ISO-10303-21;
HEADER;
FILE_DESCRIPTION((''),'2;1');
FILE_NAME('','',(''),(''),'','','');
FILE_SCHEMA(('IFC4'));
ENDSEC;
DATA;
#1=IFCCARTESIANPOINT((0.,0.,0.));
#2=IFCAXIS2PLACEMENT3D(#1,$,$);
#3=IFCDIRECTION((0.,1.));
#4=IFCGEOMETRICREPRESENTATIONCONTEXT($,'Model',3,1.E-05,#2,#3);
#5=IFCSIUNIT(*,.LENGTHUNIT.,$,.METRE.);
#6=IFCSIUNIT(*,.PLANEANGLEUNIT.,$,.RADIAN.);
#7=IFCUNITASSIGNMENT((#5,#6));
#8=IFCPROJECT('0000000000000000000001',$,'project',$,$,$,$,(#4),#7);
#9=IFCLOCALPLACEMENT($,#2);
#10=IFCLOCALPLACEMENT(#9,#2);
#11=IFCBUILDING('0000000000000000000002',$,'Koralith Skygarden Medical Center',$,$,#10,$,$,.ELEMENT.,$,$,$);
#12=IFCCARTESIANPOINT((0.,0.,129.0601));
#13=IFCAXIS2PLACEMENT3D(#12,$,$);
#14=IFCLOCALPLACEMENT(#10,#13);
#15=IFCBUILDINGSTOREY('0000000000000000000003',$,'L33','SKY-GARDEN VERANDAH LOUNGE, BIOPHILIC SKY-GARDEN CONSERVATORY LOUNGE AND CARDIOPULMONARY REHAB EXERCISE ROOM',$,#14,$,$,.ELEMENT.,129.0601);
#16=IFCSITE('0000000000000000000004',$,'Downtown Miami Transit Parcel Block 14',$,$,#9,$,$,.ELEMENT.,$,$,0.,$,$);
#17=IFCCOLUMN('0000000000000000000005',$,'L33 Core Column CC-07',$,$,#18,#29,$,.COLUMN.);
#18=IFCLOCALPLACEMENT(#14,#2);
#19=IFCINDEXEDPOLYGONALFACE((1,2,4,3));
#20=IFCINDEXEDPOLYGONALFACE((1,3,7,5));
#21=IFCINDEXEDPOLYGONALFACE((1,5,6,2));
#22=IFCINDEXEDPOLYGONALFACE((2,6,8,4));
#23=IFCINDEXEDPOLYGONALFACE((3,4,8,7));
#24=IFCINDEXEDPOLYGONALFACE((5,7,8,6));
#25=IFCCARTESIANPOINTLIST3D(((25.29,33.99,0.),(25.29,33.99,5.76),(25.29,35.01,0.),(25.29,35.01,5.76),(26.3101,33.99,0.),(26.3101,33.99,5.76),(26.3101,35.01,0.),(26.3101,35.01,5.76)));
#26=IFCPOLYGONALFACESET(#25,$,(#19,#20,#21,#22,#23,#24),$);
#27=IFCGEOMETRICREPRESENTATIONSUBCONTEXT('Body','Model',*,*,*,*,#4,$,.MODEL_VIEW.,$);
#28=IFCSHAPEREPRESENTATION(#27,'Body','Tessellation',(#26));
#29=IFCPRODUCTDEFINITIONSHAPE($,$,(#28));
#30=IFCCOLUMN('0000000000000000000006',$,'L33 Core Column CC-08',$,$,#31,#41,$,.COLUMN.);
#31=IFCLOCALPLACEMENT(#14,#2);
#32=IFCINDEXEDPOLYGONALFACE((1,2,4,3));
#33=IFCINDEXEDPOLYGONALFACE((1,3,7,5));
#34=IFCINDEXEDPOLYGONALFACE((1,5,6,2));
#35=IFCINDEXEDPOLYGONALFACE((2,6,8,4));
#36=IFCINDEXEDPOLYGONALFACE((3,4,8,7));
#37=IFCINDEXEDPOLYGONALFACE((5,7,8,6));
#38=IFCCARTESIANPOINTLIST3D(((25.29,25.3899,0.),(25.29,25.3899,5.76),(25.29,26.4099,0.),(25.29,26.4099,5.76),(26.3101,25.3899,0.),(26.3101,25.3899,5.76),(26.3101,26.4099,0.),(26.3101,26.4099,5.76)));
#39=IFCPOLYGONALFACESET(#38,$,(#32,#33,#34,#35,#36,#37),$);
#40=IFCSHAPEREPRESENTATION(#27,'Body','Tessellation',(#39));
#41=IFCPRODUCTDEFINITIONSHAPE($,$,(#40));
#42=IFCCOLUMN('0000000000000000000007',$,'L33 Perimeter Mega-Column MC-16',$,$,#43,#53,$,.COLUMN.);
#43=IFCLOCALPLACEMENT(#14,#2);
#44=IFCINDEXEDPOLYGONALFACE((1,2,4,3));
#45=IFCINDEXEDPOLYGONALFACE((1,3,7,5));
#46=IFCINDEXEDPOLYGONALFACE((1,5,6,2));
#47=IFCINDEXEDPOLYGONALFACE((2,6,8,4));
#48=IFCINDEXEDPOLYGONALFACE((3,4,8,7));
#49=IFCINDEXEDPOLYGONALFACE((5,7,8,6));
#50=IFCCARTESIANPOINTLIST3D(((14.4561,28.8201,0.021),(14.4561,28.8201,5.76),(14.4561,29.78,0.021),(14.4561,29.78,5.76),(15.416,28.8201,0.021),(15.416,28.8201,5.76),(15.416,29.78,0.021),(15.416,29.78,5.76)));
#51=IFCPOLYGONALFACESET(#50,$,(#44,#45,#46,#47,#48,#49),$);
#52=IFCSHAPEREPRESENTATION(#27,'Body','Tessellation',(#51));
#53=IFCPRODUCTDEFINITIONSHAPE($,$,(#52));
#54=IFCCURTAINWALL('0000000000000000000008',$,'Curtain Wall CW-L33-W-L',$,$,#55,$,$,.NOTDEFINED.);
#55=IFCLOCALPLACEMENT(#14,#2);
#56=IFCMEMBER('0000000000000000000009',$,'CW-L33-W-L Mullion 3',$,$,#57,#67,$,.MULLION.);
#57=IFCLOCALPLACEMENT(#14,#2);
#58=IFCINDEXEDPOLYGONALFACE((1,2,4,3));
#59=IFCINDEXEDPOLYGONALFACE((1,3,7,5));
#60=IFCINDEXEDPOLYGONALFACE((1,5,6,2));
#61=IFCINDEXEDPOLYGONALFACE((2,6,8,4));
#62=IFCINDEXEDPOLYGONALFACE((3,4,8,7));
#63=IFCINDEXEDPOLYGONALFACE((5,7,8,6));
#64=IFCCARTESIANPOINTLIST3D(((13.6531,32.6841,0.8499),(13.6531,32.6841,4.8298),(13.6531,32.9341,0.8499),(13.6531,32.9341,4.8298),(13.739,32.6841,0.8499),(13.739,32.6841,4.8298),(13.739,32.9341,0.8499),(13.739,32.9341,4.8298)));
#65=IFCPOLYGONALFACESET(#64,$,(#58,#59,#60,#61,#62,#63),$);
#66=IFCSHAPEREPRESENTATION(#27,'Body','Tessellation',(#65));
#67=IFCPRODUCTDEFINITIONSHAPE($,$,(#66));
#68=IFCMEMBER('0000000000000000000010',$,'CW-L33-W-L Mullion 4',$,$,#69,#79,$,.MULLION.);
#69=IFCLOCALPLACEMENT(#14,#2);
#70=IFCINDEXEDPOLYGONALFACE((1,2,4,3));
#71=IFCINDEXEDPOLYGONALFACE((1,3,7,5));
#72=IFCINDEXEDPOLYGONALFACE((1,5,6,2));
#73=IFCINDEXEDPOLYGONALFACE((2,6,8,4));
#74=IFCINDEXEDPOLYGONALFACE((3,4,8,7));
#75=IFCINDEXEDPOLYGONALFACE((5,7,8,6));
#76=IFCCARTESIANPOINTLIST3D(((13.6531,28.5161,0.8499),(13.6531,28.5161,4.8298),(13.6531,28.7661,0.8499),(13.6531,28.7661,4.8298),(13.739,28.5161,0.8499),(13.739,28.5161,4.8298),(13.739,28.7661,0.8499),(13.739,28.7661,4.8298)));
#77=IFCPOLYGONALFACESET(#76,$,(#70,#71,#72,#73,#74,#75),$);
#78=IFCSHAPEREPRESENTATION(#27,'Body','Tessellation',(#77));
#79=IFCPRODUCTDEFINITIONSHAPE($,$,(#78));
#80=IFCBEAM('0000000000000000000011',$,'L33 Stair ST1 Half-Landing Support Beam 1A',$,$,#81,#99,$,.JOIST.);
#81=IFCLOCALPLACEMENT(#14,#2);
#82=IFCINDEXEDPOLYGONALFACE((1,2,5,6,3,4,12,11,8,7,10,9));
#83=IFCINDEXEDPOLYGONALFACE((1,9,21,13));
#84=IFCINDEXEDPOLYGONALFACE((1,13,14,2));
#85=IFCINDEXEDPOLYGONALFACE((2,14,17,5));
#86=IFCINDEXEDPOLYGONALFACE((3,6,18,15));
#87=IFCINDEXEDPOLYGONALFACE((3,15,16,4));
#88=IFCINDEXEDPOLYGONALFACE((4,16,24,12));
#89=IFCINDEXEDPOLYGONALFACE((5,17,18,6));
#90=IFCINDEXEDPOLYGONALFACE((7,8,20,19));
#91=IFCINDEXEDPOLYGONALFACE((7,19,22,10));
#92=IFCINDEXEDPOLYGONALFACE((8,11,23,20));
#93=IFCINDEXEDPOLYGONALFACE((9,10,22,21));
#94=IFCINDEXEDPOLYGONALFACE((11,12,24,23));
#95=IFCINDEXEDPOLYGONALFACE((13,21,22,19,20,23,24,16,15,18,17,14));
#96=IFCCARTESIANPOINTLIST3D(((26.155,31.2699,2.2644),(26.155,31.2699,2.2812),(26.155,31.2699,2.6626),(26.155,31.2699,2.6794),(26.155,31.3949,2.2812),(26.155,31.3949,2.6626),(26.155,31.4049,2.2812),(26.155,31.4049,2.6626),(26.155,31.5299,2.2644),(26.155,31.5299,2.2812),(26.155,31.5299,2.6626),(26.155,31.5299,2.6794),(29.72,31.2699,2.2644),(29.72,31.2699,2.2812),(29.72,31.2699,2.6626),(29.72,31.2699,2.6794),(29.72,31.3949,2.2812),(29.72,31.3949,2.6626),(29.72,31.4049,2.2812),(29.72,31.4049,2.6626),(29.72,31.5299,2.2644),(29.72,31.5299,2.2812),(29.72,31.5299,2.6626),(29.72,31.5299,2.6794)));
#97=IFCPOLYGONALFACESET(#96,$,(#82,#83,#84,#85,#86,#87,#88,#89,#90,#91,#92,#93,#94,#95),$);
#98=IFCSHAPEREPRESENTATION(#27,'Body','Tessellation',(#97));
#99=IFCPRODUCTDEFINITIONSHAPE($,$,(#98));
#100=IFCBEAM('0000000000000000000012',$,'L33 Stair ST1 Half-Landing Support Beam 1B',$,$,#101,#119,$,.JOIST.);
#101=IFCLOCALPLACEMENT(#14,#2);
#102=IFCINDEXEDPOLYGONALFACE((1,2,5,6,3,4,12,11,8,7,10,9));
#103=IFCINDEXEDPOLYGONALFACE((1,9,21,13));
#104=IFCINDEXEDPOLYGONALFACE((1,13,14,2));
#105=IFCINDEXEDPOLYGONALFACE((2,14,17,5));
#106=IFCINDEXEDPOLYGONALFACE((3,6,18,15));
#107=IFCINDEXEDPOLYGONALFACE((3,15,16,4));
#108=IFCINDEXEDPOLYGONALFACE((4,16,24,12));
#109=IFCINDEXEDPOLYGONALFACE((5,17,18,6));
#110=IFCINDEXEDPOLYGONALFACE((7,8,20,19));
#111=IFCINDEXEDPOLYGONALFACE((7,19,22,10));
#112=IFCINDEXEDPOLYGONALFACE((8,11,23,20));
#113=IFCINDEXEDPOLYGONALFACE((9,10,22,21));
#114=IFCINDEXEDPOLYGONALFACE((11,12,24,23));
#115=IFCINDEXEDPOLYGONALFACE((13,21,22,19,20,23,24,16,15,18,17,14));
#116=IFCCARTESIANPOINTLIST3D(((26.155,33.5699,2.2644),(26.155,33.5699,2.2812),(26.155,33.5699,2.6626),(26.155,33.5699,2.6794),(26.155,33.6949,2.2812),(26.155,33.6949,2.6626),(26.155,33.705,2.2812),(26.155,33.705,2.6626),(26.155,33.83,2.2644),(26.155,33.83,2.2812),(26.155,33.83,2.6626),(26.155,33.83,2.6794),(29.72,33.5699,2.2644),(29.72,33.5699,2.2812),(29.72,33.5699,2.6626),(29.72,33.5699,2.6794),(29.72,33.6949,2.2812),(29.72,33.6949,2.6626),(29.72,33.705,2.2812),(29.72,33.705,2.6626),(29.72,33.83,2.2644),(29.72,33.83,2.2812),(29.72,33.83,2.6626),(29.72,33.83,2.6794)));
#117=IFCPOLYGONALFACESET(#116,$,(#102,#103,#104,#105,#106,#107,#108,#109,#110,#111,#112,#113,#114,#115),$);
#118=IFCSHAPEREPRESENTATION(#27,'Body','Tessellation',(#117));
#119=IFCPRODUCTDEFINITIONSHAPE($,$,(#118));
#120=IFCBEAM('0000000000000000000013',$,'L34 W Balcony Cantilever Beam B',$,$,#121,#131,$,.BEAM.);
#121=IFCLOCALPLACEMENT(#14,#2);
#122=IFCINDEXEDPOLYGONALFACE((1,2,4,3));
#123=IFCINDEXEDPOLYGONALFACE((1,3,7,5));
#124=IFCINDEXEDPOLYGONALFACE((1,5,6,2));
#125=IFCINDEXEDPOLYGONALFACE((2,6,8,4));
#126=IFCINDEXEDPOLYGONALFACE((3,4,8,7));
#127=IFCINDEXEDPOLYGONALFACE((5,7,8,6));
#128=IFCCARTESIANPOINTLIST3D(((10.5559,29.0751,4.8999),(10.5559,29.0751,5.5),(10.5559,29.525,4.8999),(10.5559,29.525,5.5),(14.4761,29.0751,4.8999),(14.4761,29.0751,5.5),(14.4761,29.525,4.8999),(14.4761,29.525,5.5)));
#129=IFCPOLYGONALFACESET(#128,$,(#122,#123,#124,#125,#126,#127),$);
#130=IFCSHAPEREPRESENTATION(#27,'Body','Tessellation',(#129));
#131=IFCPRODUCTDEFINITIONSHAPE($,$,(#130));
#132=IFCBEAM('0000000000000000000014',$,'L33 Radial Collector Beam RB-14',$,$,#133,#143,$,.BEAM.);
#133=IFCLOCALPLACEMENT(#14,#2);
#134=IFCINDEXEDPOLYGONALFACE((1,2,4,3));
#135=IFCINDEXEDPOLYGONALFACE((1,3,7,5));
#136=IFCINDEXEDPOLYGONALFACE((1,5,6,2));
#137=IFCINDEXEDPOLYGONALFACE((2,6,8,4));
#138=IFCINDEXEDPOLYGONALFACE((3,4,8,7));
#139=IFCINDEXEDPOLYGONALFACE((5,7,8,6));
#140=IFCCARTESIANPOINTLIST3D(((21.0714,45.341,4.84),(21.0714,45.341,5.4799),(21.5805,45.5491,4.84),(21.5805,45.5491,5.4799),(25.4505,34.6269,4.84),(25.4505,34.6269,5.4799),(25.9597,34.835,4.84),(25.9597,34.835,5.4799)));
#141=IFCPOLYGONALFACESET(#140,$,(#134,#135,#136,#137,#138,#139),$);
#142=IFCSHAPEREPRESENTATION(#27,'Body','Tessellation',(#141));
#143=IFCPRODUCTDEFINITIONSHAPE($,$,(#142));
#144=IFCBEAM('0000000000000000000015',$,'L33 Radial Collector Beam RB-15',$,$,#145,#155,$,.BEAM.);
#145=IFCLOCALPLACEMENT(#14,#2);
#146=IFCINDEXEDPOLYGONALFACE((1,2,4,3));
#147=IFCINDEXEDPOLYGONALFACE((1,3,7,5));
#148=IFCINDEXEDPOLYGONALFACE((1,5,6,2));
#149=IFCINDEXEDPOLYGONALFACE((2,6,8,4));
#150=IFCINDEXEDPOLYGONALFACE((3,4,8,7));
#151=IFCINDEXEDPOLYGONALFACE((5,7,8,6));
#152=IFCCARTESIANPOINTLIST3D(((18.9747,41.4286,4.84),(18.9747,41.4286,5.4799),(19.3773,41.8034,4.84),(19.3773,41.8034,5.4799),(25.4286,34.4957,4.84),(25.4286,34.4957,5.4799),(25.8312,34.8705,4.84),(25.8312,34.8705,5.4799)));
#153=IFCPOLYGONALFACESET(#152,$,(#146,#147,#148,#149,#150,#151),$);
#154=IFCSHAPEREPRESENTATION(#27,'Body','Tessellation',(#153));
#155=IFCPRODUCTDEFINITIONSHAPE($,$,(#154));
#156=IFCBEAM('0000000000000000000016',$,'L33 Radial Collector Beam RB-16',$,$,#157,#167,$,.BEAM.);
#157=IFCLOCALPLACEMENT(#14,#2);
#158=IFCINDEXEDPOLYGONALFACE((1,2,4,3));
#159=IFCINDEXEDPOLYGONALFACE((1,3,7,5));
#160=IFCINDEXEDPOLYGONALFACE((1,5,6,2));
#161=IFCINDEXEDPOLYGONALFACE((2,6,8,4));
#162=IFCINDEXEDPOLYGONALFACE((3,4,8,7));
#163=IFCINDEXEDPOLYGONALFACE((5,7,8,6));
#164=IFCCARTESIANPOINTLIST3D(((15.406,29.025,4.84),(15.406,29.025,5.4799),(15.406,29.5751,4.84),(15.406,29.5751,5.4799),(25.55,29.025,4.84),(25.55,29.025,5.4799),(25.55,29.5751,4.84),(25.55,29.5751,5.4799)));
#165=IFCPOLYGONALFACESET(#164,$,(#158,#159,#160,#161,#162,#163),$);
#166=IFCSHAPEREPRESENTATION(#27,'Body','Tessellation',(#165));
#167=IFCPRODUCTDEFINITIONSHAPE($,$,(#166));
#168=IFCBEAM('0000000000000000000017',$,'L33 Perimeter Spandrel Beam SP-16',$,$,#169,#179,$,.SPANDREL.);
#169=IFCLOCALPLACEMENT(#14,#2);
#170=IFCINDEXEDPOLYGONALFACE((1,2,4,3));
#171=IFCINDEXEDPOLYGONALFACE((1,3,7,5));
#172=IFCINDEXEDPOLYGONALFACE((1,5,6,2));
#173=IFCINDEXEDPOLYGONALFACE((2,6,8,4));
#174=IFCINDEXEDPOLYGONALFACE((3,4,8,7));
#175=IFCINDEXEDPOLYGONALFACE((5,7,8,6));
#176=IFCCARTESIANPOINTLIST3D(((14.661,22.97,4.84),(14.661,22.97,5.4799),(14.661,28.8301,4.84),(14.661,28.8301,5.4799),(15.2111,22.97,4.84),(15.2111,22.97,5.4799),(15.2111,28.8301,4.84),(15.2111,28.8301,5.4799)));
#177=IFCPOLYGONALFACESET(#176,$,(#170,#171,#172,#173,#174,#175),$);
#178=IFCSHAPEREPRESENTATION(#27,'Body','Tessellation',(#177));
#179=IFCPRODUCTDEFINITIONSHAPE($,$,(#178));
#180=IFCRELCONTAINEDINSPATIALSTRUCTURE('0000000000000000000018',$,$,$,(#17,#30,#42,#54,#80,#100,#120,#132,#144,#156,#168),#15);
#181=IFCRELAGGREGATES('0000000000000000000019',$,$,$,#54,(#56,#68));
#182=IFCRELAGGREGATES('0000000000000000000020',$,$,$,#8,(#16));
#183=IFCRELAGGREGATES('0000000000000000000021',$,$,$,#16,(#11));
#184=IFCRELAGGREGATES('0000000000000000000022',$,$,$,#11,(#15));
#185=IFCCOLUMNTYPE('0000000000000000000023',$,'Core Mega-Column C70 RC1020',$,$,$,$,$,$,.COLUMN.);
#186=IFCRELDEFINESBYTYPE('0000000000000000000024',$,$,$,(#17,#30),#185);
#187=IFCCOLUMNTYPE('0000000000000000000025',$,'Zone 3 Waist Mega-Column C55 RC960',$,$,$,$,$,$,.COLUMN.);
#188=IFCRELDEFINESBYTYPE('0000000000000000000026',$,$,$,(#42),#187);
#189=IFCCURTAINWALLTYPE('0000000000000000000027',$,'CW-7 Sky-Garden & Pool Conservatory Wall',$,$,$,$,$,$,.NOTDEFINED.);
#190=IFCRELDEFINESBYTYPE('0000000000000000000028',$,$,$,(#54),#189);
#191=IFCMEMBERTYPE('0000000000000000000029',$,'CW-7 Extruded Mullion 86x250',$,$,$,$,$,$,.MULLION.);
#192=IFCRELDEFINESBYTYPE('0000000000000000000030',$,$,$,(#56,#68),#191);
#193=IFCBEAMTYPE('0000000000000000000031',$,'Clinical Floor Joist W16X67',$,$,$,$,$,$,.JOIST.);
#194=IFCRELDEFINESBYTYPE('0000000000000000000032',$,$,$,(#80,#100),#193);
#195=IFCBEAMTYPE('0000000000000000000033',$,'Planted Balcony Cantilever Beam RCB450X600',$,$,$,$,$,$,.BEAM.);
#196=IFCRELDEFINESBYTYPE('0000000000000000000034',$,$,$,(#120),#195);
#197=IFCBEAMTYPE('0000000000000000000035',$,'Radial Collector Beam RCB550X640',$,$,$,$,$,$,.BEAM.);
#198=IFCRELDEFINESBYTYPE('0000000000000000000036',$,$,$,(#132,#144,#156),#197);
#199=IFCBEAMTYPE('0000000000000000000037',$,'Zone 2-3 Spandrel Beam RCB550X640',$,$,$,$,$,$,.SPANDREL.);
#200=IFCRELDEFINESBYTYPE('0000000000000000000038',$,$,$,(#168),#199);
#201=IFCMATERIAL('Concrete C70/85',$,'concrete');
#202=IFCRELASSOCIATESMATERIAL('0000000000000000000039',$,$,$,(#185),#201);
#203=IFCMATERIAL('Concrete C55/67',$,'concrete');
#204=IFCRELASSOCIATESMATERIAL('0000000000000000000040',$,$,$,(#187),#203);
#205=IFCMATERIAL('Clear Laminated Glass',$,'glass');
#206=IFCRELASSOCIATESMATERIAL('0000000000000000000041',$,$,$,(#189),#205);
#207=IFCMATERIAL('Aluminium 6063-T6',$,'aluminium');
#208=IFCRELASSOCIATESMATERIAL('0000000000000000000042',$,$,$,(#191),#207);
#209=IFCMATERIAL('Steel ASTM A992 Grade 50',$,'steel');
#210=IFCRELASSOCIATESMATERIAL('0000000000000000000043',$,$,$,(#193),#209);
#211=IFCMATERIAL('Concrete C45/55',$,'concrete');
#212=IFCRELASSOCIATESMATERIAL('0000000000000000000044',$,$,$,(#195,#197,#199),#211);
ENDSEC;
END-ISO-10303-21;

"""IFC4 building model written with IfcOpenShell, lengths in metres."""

from ifc_helpers import new_model, si_unit, direction, frame, origin, origin_2d, place, context, subcontext, project, spatial, rectangle, i_section, extrude, material, material_profile, profile_set, type_object, element, aggregate, save


model = new_model("IFC4")

# Units and contexts
model_context = context("Model", 3, precision=1e-05, world=origin(), true_north=direction((0.0, 1.0)))
body_context = subcontext(model_context, "Body", "Model", "MODEL_VIEW")
ifc_project = project(units=[si_unit("LENGTHUNIT", "METRE"), si_unit("PLANEANGLEUNIT", "RADIAN")], contexts=[model_context])

# Site, building, storey
site_placement = place(None, origin())
site = spatial("IfcSite", under=ifc_project, at=site_placement, Name="Downtown Miami Transit Parcel Block 14", CompositionType="ELEMENT", RefElevation=0.0)
building_placement = place(site_placement, origin())
building = spatial("IfcBuilding", under=site, at=building_placement, Name="Koralith Skygarden Medical Center", CompositionType="ELEMENT")
storey_placement = place(building_placement, frame((0.0, 0.0, 129.0601)))
storey = spatial("IfcBuildingStorey", under=building, at=storey_placement, Name="L33", Description="SKY-GARDEN VERANDAH LOUNGE, BIOPHILIC SKY-GARDEN CONSERVATORY LOUNGE AND CARDIOPULMONARY REHAB EXERCISE ROOM", CompositionType="ELEMENT", Elevation=129.0601)

# Columns
ifc_material_1 = material(Name="Concrete C70/85", Category="concrete")
ifc_material_profile_1 = material_profile(ifc_material_1, rectangle(XDim=1.02, YDim=1.02, at=origin_2d()), Name="RC1020X1020")
ifc_profile_set_1 = profile_set([ifc_material_profile_1], Name="Concrete C70/85")
column_type_1 = type_object("IfcColumnType", Name="Core Mega-Column C70 RC1020", PredefinedType="COLUMN", material=ifc_profile_set_1)
for number, where, z_axis, x_axis, name in (
    (1, (25.8, 34.5, 0.0), (0.0, 0.0, 1.0), (1.0, 0.0, 0.0), "L33 Core Column CC-07"),
    (2, (25.8, 25.8999, 0.0), (0.0, 0.0, 1.0), (1.0, 0.0, 0.0), "L33 Core Column CC-08"),
):
    element("IfcColumn", number, at=place(storey_placement, frame(where, z_axis=z_axis, x_axis=x_axis)), inside=storey, type_object=column_type_1, Name=name, PredefinedType="COLUMN", context=body_context, shape_type="SweptSolid", body=[
        extrude(rectangle(XDim=1.02, YDim=1.02, at=origin_2d()), origin(), (0.0, 0.0, 1.0), 5.76),
    ])
ifc_material_2 = material(Name="Concrete C55/67", Category="concrete")
ifc_material_profile_2 = material_profile(ifc_material_2, rectangle(XDim=0.96, YDim=0.96, at=origin_2d()), Name="RC960X960")
ifc_profile_set_2 = profile_set([ifc_material_profile_2], Name="Concrete C55/67")
column_type_2 = type_object("IfcColumnType", Name="Zone 3 Waist Mega-Column C55 RC960", PredefinedType="COLUMN", material=ifc_profile_set_2)
column_placement = place(storey_placement, frame((14.936, 29.3, 0.021), z_axis=(0.0, 0.0, 1.0), x_axis=(1.0, 0.0, 0.0)))
element("IfcColumn", 3, at=column_placement, inside=storey, type_object=column_type_2, Name="L33 Perimeter Mega-Column MC-16", PredefinedType="COLUMN", context=body_context, shape_type="SweptSolid", body=[
    extrude(rectangle(XDim=0.96, YDim=0.96, at=origin_2d()), origin(), (0.0, 0.0, 1.0), 5.739),
])

# Curtain wall, members
ifc_material_3 = material(Name="Clear Laminated Glass", Category="glass")
curtain_wall_type = type_object("IfcCurtainWallType", Name="CW-7 Sky-Garden & Pool Conservatory Wall", PredefinedType="NOTDEFINED", material=ifc_material_3)
curtain_wall_placement = place(storey_placement, origin())
curtain_wall = element("IfcCurtainWall", 4, at=curtain_wall_placement, inside=storey, type_object=curtain_wall_type, Name="Curtain Wall CW-L33-W-L", PredefinedType="NOTDEFINED")
ifc_material_4 = material(Name="Aluminium 6063-T6", Category="aluminium")
ifc_material_profile_3 = material_profile(ifc_material_4, rectangle(XDim=0.0859, YDim=0.25, at=origin_2d()), Name="MUL86X250")
ifc_profile_set_3 = profile_set([ifc_material_profile_3], Name="Aluminium 6063-T6")
member_type = type_object("IfcMemberType", Name="CW-7 Extruded Mullion 86x250", PredefinedType="MULLION", material=ifc_profile_set_3)
member_1_placement = place(storey_placement, frame((13.696, 32.8091, 0.8499), z_axis=(0.0, 0.0, 1.0), x_axis=(1.0, 0.0, 0.0)))
member_1 = element("IfcMember", 5, at=member_1_placement, type_object=member_type, Name="CW-L33-W-L Mullion 3", PredefinedType="MULLION", context=body_context, shape_type="SweptSolid", body=[
    extrude(rectangle(XDim=0.0859, YDim=0.25, at=origin_2d()), origin(), (0.0, 0.0, 1.0), 3.98),
])
member_2_placement = place(storey_placement, frame((13.696, 28.6411, 0.8499), z_axis=(0.0, 0.0, 1.0), x_axis=(1.0, 0.0, 0.0)))
member_2 = element("IfcMember", 6, at=member_2_placement, type_object=member_type, Name="CW-L33-W-L Mullion 4", PredefinedType="MULLION", context=body_context, shape_type="SweptSolid", body=[
    extrude(rectangle(XDim=0.0859, YDim=0.25, at=origin_2d()), origin(), (0.0, 0.0, 1.0), 3.98),
])

# Beams
ifc_material_5 = material(Name="Steel ASTM A992 Grade 50", Category="steel")
ifc_material_profile_4 = material_profile(ifc_material_5, i_section(OverallWidth=0.26, OverallDepth=0.415, WebThickness=0.01, FlangeThickness=0.0168, at=origin_2d()), Name="W16X67")
ifc_profile_set_4 = profile_set([ifc_material_profile_4], Name="Steel ASTM A992 Grade 50")
beam_type_1 = type_object("IfcBeamType", Name="Clinical Floor Joist W16X67", PredefinedType="JOIST", material=ifc_profile_set_4)
for number, where, z_axis, x_axis, name in (
    (7, (26.155, 31.3999, 2.4719), (1.0, 0.0, 0.0), (0.0, 1.0, 0.0), "L33 Stair ST1 Half-Landing Support Beam 1A"),
    (8, (26.155, 33.7, 2.4719), (1.0, 0.0, 0.0), (0.0, 1.0, 0.0), "L33 Stair ST1 Half-Landing Support Beam 1B"),
):
    element("IfcBeam", number, at=place(storey_placement, frame(where, z_axis=z_axis, x_axis=x_axis)), inside=storey, type_object=beam_type_1, Name=name, PredefinedType="JOIST", context=body_context, shape_type="SweptSolid", body=[
        extrude(i_section(OverallWidth=0.26, OverallDepth=0.415, WebThickness=0.01, FlangeThickness=0.0168, at=origin_2d()), origin(), (0.0, 0.0, 1.0), 3.5649),
    ])
ifc_material_6 = material(Name="Concrete C45/55", Category="concrete")
ifc_material_profile_5 = material_profile(ifc_material_6, rectangle(XDim=0.45, YDim=0.6001, at=origin_2d()), Name="RCB450X600")
ifc_profile_set_5 = profile_set([ifc_material_profile_5], Name="Concrete C45/55")
beam_type_2 = type_object("IfcBeamType", Name="Planted Balcony Cantilever Beam RCB450X600", PredefinedType="BEAM", material=ifc_profile_set_5)
beam_1_placement = place(storey_placement, frame((14.4761, 29.3, 5.2), z_axis=(-1.0, 0.0, 0.0), x_axis=(0.0, -1.0, 0.0)))
element("IfcBeam", 9, at=beam_1_placement, inside=storey, type_object=beam_type_2, Name="L34 W Balcony Cantilever Beam B", PredefinedType="BEAM", context=body_context, shape_type="SweptSolid", body=[
    extrude(rectangle(XDim=0.45, YDim=0.6001, at=origin_2d()), origin(), (0.0, 0.0, 1.0), 3.9202),
])
ifc_material_profile_6 = material_profile(ifc_material_6, rectangle(XDim=0.55, YDim=0.6399, at=origin_2d()), Name="RCB550X640")
ifc_profile_set_6 = profile_set([ifc_material_profile_6], Name="Concrete C45/55")
beam_type_3 = type_object("IfcBeamType", Name="Radial Collector Beam RCB550X640", PredefinedType="BEAM", material=ifc_profile_set_6)
beam_2_placement = place(storey_placement, frame((25.7051, 34.731, 5.1599), z_axis=(-0.378345, 0.925665, 0.0), x_axis=(-0.925665, -0.378345, 0.0)))
element("IfcBeam", 10, at=beam_2_placement, inside=storey, type_object=beam_type_3, Name="L33 Radial Collector Beam RB-14", PredefinedType="BEAM", context=body_context, shape_type="SweptSolid", body=[
    extrude(rectangle(XDim=0.55, YDim=0.6399, at=origin_2d()), origin(), (0.0, 0.0, 1.0), 11.5745),
])
beam_3_placement = place(storey_placement, frame((25.6299, 34.6831, 5.1599), z_axis=(-0.681369, 0.73194, 0.0), x_axis=(-0.73194, -0.681369, 0.0)))
element("IfcBeam", 11, at=beam_3_placement, inside=storey, type_object=beam_type_3, Name="L33 Radial Collector Beam RB-15", PredefinedType="BEAM", context=body_context, shape_type="SweptSolid", body=[
    extrude(rectangle(XDim=0.55, YDim=0.6399, at=origin_2d()), origin(), (0.0, 0.0, 1.0), 9.4719),
])
beam_4_placement = place(storey_placement, frame((25.55, 29.3, 5.1599), z_axis=(-1.0, 0.0, 0.0), x_axis=(0.0, -1.0, 0.0)))
element("IfcBeam", 12, at=beam_4_placement, inside=storey, type_object=beam_type_3, Name="L33 Radial Collector Beam RB-16", PredefinedType="BEAM", context=body_context, shape_type="SweptSolid", body=[
    extrude(rectangle(XDim=0.55, YDim=0.6399, at=origin_2d()), origin(), (0.0, 0.0, 1.0), 10.144),
])
ifc_material_profile_7 = material_profile(ifc_material_6, rectangle(XDim=0.55, YDim=0.6399, at=origin_2d()), Name="RCB550X640")
ifc_profile_set_7 = profile_set([ifc_material_profile_7], Name="Concrete C45/55")
beam_type_4 = type_object("IfcBeamType", Name="Zone 2-3 Spandrel Beam RCB550X640", PredefinedType="SPANDREL", material=ifc_profile_set_7)
beam_5_placement = place(storey_placement, frame((14.936, 28.8301, 5.1599), z_axis=(0.0, -1.0, 0.0), x_axis=(1.0, 0.0, 0.0)))
element("IfcBeam", 13, at=beam_5_placement, inside=storey, type_object=beam_type_4, Name="L33 Perimeter Spandrel Beam SP-16", PredefinedType="SPANDREL", context=body_context, shape_type="SweptSolid", body=[
    extrude(rectangle(XDim=0.55, YDim=0.6399, at=origin_2d()), origin(), (0.0, 0.0, 1.0), 5.8601),
])

aggregate(curtain_wall, [member_1, member_2])

save(model, "model.ifc")
